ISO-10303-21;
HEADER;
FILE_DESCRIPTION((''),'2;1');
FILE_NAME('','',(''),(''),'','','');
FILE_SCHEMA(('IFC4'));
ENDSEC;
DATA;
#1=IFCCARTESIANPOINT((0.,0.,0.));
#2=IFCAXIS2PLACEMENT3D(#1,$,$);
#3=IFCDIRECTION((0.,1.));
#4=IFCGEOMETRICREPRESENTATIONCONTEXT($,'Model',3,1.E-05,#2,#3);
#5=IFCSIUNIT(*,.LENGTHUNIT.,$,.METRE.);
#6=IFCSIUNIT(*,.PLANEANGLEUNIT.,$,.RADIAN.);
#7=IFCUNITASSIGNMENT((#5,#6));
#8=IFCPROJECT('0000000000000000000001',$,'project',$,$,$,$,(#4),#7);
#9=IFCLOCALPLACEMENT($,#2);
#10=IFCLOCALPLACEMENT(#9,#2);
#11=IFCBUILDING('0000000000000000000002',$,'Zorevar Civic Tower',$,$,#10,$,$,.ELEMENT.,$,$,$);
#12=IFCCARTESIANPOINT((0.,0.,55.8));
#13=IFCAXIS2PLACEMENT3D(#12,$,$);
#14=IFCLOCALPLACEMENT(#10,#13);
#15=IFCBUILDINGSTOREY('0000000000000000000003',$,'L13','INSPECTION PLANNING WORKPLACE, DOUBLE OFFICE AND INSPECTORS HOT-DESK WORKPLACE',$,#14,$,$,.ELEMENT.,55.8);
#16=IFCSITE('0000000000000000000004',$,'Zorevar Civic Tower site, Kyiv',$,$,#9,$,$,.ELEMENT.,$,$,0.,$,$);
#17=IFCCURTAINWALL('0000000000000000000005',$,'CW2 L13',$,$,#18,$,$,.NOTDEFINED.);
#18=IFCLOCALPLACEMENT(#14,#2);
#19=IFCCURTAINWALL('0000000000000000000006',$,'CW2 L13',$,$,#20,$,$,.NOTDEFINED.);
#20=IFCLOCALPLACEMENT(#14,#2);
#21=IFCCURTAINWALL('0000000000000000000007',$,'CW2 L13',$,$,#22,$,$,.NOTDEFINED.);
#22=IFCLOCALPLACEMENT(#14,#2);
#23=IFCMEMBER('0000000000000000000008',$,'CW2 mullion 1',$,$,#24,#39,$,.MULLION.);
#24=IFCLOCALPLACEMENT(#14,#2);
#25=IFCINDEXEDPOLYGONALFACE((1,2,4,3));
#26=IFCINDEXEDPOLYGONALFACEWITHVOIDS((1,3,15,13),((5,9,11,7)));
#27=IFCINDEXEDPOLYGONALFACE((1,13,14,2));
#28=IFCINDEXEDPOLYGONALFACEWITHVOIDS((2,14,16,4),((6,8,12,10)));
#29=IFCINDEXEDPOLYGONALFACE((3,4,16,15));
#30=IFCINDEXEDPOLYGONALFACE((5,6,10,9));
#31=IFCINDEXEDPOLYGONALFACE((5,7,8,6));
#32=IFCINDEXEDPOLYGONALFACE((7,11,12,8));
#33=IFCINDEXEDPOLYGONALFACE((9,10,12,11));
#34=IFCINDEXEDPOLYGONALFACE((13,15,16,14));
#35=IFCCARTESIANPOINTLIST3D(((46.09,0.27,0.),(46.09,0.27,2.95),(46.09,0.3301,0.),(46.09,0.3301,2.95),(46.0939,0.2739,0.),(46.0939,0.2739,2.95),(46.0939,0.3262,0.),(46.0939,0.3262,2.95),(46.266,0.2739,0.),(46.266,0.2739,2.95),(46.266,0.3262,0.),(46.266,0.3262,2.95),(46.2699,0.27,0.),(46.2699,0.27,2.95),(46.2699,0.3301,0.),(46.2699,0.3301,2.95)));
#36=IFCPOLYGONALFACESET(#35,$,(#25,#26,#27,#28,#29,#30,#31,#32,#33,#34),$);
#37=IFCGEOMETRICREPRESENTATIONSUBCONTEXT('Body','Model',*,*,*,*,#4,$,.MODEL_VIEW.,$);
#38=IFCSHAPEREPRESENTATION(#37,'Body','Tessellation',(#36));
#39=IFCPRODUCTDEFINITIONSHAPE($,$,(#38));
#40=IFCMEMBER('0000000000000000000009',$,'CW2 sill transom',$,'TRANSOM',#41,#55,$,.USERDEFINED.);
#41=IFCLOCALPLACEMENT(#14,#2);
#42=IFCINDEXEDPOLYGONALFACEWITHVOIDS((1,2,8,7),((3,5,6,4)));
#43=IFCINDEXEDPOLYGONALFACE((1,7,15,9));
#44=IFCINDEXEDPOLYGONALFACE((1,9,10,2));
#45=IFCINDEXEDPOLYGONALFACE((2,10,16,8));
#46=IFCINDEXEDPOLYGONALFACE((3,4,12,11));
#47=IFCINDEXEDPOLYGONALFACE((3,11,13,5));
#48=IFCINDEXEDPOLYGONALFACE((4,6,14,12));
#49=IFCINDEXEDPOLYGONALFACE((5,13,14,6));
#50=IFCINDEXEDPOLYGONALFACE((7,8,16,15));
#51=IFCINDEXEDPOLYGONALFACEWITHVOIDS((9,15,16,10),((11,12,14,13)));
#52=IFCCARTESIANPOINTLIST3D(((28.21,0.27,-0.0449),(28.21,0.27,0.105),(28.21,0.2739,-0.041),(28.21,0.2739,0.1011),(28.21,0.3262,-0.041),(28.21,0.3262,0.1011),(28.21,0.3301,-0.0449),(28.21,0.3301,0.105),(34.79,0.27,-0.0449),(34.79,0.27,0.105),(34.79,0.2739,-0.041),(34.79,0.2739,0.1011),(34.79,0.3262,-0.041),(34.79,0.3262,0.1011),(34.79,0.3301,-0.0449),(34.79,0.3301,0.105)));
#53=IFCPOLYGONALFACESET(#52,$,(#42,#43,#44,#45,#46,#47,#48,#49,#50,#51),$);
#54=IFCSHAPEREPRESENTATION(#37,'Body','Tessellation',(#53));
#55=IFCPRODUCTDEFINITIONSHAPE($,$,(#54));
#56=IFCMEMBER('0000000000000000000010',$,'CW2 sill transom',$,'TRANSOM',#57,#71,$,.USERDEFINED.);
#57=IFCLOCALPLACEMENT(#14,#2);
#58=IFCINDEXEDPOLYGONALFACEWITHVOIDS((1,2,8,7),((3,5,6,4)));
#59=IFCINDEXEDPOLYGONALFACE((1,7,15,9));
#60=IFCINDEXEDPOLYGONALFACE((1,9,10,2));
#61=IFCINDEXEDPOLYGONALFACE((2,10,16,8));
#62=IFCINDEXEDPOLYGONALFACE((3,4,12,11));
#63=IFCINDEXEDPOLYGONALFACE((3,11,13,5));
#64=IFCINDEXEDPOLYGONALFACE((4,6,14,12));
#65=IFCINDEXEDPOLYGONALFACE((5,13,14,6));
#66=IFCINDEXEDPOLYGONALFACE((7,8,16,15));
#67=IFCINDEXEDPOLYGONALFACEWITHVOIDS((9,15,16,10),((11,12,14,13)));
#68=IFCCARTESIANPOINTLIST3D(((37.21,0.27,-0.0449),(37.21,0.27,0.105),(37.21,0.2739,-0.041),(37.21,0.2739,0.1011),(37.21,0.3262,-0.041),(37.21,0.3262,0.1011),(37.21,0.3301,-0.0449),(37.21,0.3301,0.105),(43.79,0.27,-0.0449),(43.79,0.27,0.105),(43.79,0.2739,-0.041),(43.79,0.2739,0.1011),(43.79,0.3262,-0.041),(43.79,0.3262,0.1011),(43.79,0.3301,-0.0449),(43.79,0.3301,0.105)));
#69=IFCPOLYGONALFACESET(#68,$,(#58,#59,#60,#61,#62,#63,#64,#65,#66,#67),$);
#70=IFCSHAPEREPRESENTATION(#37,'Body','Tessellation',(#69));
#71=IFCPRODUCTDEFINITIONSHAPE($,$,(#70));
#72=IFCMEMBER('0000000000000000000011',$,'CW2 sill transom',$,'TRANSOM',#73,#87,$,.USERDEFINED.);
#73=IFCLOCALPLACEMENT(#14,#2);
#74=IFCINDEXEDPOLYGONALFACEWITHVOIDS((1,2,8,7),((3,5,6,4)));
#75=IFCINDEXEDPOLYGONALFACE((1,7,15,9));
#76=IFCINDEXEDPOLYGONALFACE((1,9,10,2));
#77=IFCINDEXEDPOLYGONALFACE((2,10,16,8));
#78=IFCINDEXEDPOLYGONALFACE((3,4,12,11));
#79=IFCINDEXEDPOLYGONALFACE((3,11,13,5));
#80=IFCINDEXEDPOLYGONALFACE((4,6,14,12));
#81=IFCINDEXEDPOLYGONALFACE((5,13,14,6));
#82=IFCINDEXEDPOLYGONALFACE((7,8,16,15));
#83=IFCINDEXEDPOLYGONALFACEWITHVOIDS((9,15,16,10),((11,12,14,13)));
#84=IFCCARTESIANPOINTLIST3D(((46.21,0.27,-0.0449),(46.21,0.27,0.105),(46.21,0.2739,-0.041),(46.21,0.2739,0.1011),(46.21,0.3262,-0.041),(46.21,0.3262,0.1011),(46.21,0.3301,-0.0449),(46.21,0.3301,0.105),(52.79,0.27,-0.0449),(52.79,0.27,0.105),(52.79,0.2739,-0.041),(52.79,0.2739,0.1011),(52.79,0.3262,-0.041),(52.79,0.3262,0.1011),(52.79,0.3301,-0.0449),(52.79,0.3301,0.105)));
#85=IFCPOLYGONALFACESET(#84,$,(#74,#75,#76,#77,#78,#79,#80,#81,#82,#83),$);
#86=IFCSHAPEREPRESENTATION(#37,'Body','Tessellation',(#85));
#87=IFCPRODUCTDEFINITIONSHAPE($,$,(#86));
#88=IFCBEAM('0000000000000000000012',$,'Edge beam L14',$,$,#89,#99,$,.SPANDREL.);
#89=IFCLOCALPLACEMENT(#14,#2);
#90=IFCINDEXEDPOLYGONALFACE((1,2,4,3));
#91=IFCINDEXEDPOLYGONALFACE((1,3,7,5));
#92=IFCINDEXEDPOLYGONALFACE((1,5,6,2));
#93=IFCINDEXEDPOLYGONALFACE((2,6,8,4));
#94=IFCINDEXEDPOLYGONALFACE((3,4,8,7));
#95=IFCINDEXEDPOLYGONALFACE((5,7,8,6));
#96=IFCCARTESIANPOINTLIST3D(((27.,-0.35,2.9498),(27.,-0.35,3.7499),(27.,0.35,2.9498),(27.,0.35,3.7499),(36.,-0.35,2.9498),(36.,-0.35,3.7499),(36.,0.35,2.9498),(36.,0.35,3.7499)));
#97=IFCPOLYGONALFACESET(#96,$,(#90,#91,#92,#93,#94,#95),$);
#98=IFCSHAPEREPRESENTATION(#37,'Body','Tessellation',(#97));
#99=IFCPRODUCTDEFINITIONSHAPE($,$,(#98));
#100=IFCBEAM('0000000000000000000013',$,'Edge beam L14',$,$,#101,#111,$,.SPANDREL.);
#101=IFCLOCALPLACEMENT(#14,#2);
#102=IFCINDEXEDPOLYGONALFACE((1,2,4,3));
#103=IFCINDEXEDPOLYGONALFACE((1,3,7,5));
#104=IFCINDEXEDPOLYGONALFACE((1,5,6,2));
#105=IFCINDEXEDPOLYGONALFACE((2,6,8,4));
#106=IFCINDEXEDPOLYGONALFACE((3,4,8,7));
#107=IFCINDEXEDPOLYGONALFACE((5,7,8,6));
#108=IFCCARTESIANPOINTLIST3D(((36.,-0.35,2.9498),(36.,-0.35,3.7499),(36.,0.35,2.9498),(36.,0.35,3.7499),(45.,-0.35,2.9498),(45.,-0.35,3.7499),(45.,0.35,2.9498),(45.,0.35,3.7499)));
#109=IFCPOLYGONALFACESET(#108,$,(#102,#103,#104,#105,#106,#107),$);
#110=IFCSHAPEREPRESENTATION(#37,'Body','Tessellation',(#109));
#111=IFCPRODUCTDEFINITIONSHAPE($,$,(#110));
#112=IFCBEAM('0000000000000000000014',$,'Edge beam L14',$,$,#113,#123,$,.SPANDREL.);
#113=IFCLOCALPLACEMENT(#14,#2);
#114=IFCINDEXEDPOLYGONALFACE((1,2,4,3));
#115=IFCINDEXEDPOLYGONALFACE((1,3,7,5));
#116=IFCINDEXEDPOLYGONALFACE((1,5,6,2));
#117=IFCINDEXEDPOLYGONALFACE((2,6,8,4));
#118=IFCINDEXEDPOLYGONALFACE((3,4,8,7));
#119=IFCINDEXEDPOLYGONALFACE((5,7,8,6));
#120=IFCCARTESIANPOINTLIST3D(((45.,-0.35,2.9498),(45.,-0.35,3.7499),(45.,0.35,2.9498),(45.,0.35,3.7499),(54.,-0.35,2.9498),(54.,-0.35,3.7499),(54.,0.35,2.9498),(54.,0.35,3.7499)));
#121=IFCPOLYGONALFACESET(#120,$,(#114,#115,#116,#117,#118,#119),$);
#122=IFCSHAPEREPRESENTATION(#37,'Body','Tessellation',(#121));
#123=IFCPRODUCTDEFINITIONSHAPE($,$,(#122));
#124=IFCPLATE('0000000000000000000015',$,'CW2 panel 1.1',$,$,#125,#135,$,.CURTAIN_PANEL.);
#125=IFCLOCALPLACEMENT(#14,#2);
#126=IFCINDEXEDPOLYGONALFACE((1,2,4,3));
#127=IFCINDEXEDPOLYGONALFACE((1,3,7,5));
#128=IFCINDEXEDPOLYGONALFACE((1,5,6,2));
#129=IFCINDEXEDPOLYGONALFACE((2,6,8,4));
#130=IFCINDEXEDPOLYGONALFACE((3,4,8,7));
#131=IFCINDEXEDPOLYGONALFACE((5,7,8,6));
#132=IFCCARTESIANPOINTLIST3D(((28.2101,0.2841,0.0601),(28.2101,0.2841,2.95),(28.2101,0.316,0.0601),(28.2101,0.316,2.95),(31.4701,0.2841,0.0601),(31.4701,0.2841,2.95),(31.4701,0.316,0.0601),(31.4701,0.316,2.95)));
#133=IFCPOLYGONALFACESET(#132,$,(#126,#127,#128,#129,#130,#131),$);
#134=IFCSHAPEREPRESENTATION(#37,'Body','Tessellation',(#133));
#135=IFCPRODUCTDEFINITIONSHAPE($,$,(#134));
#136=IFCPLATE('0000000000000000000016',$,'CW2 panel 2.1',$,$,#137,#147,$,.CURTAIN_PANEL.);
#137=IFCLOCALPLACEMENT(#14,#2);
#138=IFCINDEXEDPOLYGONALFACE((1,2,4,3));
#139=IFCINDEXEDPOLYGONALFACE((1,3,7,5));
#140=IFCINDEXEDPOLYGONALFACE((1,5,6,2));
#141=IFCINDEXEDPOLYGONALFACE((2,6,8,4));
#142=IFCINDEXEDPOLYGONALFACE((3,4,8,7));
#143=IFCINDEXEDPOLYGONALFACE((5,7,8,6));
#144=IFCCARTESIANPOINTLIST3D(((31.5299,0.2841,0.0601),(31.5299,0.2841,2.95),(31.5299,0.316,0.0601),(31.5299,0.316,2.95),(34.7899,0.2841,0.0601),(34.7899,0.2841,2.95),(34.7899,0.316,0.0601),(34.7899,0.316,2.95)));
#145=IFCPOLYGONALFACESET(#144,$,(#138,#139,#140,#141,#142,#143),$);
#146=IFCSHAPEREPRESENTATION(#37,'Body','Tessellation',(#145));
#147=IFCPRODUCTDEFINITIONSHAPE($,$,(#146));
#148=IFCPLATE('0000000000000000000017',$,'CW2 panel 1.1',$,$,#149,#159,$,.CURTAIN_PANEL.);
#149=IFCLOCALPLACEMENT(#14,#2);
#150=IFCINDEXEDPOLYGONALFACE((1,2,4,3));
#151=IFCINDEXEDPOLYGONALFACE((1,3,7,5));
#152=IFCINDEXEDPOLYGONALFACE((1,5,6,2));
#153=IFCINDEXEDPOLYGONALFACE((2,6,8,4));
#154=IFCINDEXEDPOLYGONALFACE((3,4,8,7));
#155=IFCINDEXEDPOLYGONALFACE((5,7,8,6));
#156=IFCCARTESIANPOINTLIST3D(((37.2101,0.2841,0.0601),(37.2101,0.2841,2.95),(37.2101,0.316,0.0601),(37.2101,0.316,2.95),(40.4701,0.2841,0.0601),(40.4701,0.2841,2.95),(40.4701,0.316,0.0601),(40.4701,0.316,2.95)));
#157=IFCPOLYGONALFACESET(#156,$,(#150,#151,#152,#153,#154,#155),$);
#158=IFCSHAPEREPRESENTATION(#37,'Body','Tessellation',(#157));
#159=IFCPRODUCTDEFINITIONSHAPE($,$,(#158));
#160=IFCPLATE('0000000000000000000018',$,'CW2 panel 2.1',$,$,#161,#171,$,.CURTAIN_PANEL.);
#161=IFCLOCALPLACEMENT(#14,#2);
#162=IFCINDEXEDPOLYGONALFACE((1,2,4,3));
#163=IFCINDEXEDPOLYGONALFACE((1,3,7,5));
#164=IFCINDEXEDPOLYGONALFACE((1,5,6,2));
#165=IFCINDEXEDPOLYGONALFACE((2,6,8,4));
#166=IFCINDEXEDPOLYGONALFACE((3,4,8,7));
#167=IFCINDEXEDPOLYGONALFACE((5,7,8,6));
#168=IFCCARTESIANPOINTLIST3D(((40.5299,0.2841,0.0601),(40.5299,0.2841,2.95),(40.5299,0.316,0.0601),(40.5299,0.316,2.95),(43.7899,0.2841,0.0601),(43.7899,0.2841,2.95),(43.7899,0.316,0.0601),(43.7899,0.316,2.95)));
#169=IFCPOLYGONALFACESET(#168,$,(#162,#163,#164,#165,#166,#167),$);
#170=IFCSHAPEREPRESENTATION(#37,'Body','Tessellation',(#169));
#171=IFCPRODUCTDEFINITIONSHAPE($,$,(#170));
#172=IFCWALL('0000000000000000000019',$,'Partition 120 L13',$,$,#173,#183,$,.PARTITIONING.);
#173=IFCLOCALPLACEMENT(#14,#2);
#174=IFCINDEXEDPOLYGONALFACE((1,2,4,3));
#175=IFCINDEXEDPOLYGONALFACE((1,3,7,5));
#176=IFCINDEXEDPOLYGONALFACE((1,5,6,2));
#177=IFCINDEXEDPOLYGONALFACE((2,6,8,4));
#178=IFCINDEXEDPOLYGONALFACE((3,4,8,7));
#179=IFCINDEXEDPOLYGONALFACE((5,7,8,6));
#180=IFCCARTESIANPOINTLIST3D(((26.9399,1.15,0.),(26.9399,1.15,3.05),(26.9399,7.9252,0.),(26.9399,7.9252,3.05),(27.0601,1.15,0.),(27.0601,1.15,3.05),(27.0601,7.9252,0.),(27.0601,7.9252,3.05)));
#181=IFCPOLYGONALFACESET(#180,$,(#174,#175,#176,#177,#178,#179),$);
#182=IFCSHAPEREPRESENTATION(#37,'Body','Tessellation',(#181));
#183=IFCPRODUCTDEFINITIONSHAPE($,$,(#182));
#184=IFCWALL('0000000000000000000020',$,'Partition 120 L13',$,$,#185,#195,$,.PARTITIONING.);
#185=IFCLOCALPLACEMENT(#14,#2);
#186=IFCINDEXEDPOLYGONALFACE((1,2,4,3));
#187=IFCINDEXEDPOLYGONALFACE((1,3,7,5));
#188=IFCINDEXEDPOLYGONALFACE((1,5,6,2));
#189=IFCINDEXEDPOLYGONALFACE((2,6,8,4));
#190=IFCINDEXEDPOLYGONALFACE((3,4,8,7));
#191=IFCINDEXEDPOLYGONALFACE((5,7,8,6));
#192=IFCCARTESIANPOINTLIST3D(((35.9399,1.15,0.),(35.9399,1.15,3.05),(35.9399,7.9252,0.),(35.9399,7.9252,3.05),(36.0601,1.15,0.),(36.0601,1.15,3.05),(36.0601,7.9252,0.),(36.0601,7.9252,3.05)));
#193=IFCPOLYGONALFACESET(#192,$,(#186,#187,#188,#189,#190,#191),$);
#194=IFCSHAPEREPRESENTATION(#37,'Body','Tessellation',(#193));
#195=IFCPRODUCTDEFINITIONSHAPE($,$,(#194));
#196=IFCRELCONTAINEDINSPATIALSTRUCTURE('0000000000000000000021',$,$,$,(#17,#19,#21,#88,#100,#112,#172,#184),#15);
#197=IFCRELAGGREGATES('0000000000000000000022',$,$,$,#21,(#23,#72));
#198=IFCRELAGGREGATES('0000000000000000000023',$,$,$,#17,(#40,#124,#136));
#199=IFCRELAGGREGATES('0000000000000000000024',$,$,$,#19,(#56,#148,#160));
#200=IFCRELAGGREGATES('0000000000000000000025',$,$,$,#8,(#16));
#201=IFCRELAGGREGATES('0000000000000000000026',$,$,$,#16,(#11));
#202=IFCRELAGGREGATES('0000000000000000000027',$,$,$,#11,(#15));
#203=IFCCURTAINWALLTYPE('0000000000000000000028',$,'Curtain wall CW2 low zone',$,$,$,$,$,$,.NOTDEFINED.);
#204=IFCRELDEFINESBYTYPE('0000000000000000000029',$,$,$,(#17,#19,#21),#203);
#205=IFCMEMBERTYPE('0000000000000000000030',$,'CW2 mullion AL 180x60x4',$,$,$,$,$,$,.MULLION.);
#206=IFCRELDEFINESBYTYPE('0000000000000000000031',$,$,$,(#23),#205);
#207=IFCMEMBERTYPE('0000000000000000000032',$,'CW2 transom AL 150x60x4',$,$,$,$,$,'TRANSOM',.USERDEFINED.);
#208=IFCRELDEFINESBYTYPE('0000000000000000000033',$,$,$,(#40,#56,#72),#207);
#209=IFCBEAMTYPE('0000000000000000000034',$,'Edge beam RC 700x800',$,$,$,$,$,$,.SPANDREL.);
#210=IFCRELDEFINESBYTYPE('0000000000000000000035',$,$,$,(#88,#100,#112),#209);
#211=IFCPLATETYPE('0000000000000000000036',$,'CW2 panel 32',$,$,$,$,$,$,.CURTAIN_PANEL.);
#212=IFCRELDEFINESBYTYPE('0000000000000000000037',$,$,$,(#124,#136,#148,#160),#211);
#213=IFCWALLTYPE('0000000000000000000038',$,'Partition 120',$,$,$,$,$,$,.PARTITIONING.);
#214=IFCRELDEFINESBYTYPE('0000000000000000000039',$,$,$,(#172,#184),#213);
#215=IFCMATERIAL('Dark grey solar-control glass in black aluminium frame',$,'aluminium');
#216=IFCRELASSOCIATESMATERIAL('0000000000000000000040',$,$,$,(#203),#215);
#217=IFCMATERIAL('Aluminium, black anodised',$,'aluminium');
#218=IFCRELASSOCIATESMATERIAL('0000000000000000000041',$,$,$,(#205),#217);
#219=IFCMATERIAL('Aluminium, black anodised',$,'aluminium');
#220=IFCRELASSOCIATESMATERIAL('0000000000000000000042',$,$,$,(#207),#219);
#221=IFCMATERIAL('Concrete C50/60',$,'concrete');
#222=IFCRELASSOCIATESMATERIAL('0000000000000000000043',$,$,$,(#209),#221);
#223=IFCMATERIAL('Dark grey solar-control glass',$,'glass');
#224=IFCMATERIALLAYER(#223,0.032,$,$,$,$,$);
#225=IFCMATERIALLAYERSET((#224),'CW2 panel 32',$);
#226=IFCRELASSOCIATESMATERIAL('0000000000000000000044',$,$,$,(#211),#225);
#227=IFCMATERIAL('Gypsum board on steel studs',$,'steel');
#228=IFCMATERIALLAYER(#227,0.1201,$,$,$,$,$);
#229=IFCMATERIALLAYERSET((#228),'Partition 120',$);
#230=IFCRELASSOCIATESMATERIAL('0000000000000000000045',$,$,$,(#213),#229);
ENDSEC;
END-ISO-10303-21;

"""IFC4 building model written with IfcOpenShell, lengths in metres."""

from ifc_helpers import new_model, si_unit, direction, frame, frame_2d, origin, origin_2d, place, context, subcontext, project, spatial, rectangle, hollow_rectangle, extrude, material, layer, layer_set, material_profile, profile_set, type_object, element, aggregate, save


model = new_model("IFC4")

# Units and contexts
model_context = context("Model", 3, precision=1e-05, world=origin(), true_north=direction((0.0, 1.0)))
body_context = subcontext(model_context, "Body", "Model", "MODEL_VIEW")
ifc_project = project(units=[si_unit("LENGTHUNIT", "METRE"), si_unit("PLANEANGLEUNIT", "RADIAN")], contexts=[model_context])

# Site, building, storey
site_placement = place(None, origin())
site = spatial("IfcSite", under=ifc_project, at=site_placement, Name="Zorevar Civic Tower site, Kyiv", CompositionType="ELEMENT", RefElevation=0.0)
building_placement = place(site_placement, origin())
building = spatial("IfcBuilding", under=site, at=building_placement, Name="Zorevar Civic Tower", CompositionType="ELEMENT")
storey_placement = place(building_placement, frame((0.0, 0.0, 55.8)))
storey = spatial("IfcBuildingStorey", under=building, at=storey_placement, Name="L13", Description="INSPECTION PLANNING WORKPLACE, DOUBLE OFFICE AND INSPECTORS HOT-DESK WORKPLACE", CompositionType="ELEMENT", Elevation=55.8)

# Curtain walls
ifc_material_1 = material(Name="Dark grey solar-control glass in black aluminium frame", Category="aluminium")
curtain_wall_type = type_object("IfcCurtainWallType", Name="Curtain wall CW2 low zone", PredefinedType="NOTDEFINED", material=ifc_material_1)
curtain_wall_1_placement = place(storey_placement, origin())
curtain_wall_1 = element("IfcCurtainWall", 1, at=curtain_wall_1_placement, inside=storey, type_object=curtain_wall_type, Name="CW2 L13", PredefinedType="NOTDEFINED")
ifc_material_2 = material(Name="Aluminium, black anodised", Category="aluminium")
ifc_material_profile_1 = material_profile(ifc_material_2, hollow_rectangle(XDim=0.0601, YDim=0.1799, WallThickness=0.0039, at=origin_2d()), Name="AL 180x60x4")
ifc_profile_set_1 = profile_set([ifc_material_profile_1], Name="Aluminium, black anodised")
member_type_1 = type_object("IfcMemberType", Name="CW2 mullion AL 180x60x4", PredefinedType="MULLION", material=ifc_profile_set_1)
curtain_wall_2_placement = place(storey_placement, origin())
curtain_wall_2 = element("IfcCurtainWall", 2, at=curtain_wall_2_placement, inside=storey, type_object=curtain_wall_type, Name="CW2 L13", PredefinedType="NOTDEFINED")

# Curtain wall, member
curtain_wall_3_placement = place(storey_placement, origin())
curtain_wall_3 = element("IfcCurtainWall", 3, at=curtain_wall_3_placement, inside=storey, type_object=curtain_wall_type, Name="CW2 L13", PredefinedType="NOTDEFINED")
member_1_placement = place(storey_placement, frame((46.1799, 0.3, 0.0), z_axis=(0.0, 0.0, 1.0), x_axis=(0.0, 1.0, 0.0)))
member_1 = element("IfcMember", 4, at=member_1_placement, type_object=member_type_1, Name="CW2 mullion 1", PredefinedType="MULLION", context=body_context, shape_type="SweptSolid", body=[
    extrude(hollow_rectangle(XDim=0.0601, YDim=0.1799, WallThickness=0.0039, at=origin_2d()), origin(), (0.0, 0.0, 1.0), 2.95),
])

# Members
ifc_material_3 = material(Name="Aluminium, black anodised", Category="aluminium")
ifc_material_profile_2 = material_profile(ifc_material_3, hollow_rectangle(XDim=0.0601, YDim=0.1499, WallThickness=0.0039, at=origin_2d()), Name="AL 150x60x4")
ifc_profile_set_2 = profile_set([ifc_material_profile_2], Name="Aluminium, black anodised")
member_type_2 = type_object("IfcMemberType", Name="CW2 transom AL 150x60x4", ElementType="TRANSOM", PredefinedType="USERDEFINED", material=ifc_profile_set_2)
member_2_placement = place(storey_placement, frame((28.21, 0.3, 0.03), z_axis=(1.0, 0.0, 0.0), x_axis=(0.0, 1.0, 0.0)))
member_2 = element("IfcMember", 5, at=member_2_placement, type_object=member_type_2, Name="CW2 sill transom", ObjectType="TRANSOM", PredefinedType="USERDEFINED", context=body_context, shape_type="SweptSolid", body=[
    extrude(hollow_rectangle(XDim=0.0601, YDim=0.1499, WallThickness=0.0039, at=origin_2d()), origin(), (0.0, 0.0, 1.0), 6.5801),
])
member_3_placement = place(storey_placement, frame((37.21, 0.3, 0.03), z_axis=(1.0, 0.0, 0.0), x_axis=(0.0, 1.0, 0.0)))
member_3 = element("IfcMember", 6, at=member_3_placement, type_object=member_type_2, Name="CW2 sill transom", ObjectType="TRANSOM", PredefinedType="USERDEFINED", context=body_context, shape_type="SweptSolid", body=[
    extrude(hollow_rectangle(XDim=0.0601, YDim=0.1499, WallThickness=0.0039, at=origin_2d()), origin(), (0.0, 0.0, 1.0), 6.5801),
])
member_4_placement = place(storey_placement, frame((46.21, 0.3, 0.03), z_axis=(1.0, 0.0, 0.0), x_axis=(0.0, 1.0, 0.0)))
member_4 = element("IfcMember", 7, at=member_4_placement, type_object=member_type_2, Name="CW2 sill transom", ObjectType="TRANSOM", PredefinedType="USERDEFINED", context=body_context, shape_type="SweptSolid", body=[
    extrude(hollow_rectangle(XDim=0.0601, YDim=0.1499, WallThickness=0.0039, at=origin_2d()), origin(), (0.0, 0.0, 1.0), 6.5801),
])
aggregate(curtain_wall_3, [member_1, member_4])

# Beams
ifc_material_4 = material(Name="Concrete C50/60", Category="concrete")
ifc_material_profile_3 = material_profile(ifc_material_4, rectangle(XDim=0.7, YDim=0.8, at=origin_2d()), Name="RC 700x800")
ifc_profile_set_3 = profile_set([ifc_material_profile_3], Name="Concrete C50/60")
beam_type_1 = type_object("IfcBeamType", Name="Edge beam RC 700x800", PredefinedType="SPANDREL", material=ifc_profile_set_3)
for number, where, z_axis, x_axis, name in (
    (8, (27.0, 0.0, 3.3499), (1.0, 0.0, 0.0), (0.0, 1.0, 0.0), "Edge beam L14"),
    (9, (36.0, 0.0, 3.3499), (1.0, 0.0, 0.0), (0.0, 1.0, 0.0), "Edge beam L14"),
    (10, (45.0, 0.0, 3.3499), (1.0, 0.0, 0.0), (0.0, 1.0, 0.0), "Edge beam L14"),
):
    element("IfcBeam", number, at=place(storey_placement, frame(where, z_axis=z_axis, x_axis=x_axis)), inside=storey, type_object=beam_type_1, Name=name, PredefinedType="SPANDREL", context=body_context, shape_type="SweptSolid", body=[
        extrude(rectangle(XDim=0.7, YDim=0.8, at=origin_2d()), origin(), (0.0, 0.0, 1.0), 9.0),
    ])

# Plates
ifc_material_5 = material(Name="Dark grey solar-control glass", Category="glass")
ifc_layer_1 = layer(ifc_material_5, 0.032)
ifc_layer_set_1 = layer_set([ifc_layer_1], Name="CW2 panel 32")
plate_type = type_object("IfcPlateType", Name="CW2 panel 32", PredefinedType="CURTAIN_PANEL", material=ifc_layer_set_1)
plate_1_placement = place(storey_placement, frame((29.8401, 0.3, 0.0601), z_axis=(0.0, 0.0, 1.0), x_axis=(1.0, 0.0, 0.0)))
plate_1 = element("IfcPlate", 11, at=plate_1_placement, type_object=plate_type, Name="CW2 panel 1.1", PredefinedType="CURTAIN_PANEL", context=body_context, shape_type="SweptSolid", body=[
    extrude(rectangle(XDim=3.26, YDim=0.032, at=origin_2d()), origin(), (0.0, 0.0, 1.0), 2.8899),
])
plate_2_placement = place(storey_placement, frame((33.1599, 0.3, 0.0601), z_axis=(0.0, 0.0, 1.0), x_axis=(1.0, 0.0, 0.0)))
plate_2 = element("IfcPlate", 12, at=plate_2_placement, type_object=plate_type, Name="CW2 panel 2.1", PredefinedType="CURTAIN_PANEL", context=body_context, shape_type="SweptSolid", body=[
    extrude(rectangle(XDim=3.26, YDim=0.032, at=origin_2d()), origin(), (0.0, 0.0, 1.0), 2.8899),
])
aggregate(curtain_wall_1, [member_2, plate_1, plate_2])
plate_3_placement = place(storey_placement, frame((38.8401, 0.3, 0.0601), z_axis=(0.0, 0.0, 1.0), x_axis=(1.0, 0.0, 0.0)))
plate_3 = element("IfcPlate", 13, at=plate_3_placement, type_object=plate_type, Name="CW2 panel 1.1", PredefinedType="CURTAIN_PANEL", context=body_context, shape_type="SweptSolid", body=[
    extrude(rectangle(XDim=3.26, YDim=0.032, at=origin_2d()), origin(), (0.0, 0.0, 1.0), 2.8899),
])
plate_4_placement = place(storey_placement, frame((42.1599, 0.3, 0.0601), z_axis=(0.0, 0.0, 1.0), x_axis=(1.0, 0.0, 0.0)))
plate_4 = element("IfcPlate", 14, at=plate_4_placement, type_object=plate_type, Name="CW2 panel 2.1", PredefinedType="CURTAIN_PANEL", context=body_context, shape_type="SweptSolid", body=[
    extrude(rectangle(XDim=3.26, YDim=0.032, at=origin_2d()), origin(), (0.0, 0.0, 1.0), 2.8899),
])
aggregate(curtain_wall_2, [member_3, plate_3, plate_4])

# Walls
ifc_material_6 = material(Name="Gypsum board on steel studs", Category="steel")
ifc_layer_2 = layer(ifc_material_6, 0.1201)
ifc_layer_set_2 = layer_set([ifc_layer_2], Name="Partition 120")
wall_type = type_object("IfcWallType", Name="Partition 120", PredefinedType="PARTITIONING", material=ifc_layer_set_2)
for number, where, z_axis, x_axis, name in (
    (15, (27.0, 1.1499, 0.0), (0.0, 0.0, 1.0), (0.0, 1.0, 0.0), "Partition 120 L13"),
    (16, (36.0, 1.1499, 0.0), (0.0, 0.0, 1.0), (0.0, 1.0, 0.0), "Partition 120 L13"),
):
    element("IfcWall", number, at=place(storey_placement, frame(where, z_axis=z_axis, x_axis=x_axis)), inside=storey, type_object=wall_type, Name=name, PredefinedType="PARTITIONING", context=body_context, shape_type="SweptSolid", body=[
        extrude(rectangle(XDim=6.7751, YDim=0.1201, at=frame_2d((3.3877, 0.0))), origin(), (0.0, 0.0, 1.0), 3.05),
    ])

save(model, "model.ifc")
